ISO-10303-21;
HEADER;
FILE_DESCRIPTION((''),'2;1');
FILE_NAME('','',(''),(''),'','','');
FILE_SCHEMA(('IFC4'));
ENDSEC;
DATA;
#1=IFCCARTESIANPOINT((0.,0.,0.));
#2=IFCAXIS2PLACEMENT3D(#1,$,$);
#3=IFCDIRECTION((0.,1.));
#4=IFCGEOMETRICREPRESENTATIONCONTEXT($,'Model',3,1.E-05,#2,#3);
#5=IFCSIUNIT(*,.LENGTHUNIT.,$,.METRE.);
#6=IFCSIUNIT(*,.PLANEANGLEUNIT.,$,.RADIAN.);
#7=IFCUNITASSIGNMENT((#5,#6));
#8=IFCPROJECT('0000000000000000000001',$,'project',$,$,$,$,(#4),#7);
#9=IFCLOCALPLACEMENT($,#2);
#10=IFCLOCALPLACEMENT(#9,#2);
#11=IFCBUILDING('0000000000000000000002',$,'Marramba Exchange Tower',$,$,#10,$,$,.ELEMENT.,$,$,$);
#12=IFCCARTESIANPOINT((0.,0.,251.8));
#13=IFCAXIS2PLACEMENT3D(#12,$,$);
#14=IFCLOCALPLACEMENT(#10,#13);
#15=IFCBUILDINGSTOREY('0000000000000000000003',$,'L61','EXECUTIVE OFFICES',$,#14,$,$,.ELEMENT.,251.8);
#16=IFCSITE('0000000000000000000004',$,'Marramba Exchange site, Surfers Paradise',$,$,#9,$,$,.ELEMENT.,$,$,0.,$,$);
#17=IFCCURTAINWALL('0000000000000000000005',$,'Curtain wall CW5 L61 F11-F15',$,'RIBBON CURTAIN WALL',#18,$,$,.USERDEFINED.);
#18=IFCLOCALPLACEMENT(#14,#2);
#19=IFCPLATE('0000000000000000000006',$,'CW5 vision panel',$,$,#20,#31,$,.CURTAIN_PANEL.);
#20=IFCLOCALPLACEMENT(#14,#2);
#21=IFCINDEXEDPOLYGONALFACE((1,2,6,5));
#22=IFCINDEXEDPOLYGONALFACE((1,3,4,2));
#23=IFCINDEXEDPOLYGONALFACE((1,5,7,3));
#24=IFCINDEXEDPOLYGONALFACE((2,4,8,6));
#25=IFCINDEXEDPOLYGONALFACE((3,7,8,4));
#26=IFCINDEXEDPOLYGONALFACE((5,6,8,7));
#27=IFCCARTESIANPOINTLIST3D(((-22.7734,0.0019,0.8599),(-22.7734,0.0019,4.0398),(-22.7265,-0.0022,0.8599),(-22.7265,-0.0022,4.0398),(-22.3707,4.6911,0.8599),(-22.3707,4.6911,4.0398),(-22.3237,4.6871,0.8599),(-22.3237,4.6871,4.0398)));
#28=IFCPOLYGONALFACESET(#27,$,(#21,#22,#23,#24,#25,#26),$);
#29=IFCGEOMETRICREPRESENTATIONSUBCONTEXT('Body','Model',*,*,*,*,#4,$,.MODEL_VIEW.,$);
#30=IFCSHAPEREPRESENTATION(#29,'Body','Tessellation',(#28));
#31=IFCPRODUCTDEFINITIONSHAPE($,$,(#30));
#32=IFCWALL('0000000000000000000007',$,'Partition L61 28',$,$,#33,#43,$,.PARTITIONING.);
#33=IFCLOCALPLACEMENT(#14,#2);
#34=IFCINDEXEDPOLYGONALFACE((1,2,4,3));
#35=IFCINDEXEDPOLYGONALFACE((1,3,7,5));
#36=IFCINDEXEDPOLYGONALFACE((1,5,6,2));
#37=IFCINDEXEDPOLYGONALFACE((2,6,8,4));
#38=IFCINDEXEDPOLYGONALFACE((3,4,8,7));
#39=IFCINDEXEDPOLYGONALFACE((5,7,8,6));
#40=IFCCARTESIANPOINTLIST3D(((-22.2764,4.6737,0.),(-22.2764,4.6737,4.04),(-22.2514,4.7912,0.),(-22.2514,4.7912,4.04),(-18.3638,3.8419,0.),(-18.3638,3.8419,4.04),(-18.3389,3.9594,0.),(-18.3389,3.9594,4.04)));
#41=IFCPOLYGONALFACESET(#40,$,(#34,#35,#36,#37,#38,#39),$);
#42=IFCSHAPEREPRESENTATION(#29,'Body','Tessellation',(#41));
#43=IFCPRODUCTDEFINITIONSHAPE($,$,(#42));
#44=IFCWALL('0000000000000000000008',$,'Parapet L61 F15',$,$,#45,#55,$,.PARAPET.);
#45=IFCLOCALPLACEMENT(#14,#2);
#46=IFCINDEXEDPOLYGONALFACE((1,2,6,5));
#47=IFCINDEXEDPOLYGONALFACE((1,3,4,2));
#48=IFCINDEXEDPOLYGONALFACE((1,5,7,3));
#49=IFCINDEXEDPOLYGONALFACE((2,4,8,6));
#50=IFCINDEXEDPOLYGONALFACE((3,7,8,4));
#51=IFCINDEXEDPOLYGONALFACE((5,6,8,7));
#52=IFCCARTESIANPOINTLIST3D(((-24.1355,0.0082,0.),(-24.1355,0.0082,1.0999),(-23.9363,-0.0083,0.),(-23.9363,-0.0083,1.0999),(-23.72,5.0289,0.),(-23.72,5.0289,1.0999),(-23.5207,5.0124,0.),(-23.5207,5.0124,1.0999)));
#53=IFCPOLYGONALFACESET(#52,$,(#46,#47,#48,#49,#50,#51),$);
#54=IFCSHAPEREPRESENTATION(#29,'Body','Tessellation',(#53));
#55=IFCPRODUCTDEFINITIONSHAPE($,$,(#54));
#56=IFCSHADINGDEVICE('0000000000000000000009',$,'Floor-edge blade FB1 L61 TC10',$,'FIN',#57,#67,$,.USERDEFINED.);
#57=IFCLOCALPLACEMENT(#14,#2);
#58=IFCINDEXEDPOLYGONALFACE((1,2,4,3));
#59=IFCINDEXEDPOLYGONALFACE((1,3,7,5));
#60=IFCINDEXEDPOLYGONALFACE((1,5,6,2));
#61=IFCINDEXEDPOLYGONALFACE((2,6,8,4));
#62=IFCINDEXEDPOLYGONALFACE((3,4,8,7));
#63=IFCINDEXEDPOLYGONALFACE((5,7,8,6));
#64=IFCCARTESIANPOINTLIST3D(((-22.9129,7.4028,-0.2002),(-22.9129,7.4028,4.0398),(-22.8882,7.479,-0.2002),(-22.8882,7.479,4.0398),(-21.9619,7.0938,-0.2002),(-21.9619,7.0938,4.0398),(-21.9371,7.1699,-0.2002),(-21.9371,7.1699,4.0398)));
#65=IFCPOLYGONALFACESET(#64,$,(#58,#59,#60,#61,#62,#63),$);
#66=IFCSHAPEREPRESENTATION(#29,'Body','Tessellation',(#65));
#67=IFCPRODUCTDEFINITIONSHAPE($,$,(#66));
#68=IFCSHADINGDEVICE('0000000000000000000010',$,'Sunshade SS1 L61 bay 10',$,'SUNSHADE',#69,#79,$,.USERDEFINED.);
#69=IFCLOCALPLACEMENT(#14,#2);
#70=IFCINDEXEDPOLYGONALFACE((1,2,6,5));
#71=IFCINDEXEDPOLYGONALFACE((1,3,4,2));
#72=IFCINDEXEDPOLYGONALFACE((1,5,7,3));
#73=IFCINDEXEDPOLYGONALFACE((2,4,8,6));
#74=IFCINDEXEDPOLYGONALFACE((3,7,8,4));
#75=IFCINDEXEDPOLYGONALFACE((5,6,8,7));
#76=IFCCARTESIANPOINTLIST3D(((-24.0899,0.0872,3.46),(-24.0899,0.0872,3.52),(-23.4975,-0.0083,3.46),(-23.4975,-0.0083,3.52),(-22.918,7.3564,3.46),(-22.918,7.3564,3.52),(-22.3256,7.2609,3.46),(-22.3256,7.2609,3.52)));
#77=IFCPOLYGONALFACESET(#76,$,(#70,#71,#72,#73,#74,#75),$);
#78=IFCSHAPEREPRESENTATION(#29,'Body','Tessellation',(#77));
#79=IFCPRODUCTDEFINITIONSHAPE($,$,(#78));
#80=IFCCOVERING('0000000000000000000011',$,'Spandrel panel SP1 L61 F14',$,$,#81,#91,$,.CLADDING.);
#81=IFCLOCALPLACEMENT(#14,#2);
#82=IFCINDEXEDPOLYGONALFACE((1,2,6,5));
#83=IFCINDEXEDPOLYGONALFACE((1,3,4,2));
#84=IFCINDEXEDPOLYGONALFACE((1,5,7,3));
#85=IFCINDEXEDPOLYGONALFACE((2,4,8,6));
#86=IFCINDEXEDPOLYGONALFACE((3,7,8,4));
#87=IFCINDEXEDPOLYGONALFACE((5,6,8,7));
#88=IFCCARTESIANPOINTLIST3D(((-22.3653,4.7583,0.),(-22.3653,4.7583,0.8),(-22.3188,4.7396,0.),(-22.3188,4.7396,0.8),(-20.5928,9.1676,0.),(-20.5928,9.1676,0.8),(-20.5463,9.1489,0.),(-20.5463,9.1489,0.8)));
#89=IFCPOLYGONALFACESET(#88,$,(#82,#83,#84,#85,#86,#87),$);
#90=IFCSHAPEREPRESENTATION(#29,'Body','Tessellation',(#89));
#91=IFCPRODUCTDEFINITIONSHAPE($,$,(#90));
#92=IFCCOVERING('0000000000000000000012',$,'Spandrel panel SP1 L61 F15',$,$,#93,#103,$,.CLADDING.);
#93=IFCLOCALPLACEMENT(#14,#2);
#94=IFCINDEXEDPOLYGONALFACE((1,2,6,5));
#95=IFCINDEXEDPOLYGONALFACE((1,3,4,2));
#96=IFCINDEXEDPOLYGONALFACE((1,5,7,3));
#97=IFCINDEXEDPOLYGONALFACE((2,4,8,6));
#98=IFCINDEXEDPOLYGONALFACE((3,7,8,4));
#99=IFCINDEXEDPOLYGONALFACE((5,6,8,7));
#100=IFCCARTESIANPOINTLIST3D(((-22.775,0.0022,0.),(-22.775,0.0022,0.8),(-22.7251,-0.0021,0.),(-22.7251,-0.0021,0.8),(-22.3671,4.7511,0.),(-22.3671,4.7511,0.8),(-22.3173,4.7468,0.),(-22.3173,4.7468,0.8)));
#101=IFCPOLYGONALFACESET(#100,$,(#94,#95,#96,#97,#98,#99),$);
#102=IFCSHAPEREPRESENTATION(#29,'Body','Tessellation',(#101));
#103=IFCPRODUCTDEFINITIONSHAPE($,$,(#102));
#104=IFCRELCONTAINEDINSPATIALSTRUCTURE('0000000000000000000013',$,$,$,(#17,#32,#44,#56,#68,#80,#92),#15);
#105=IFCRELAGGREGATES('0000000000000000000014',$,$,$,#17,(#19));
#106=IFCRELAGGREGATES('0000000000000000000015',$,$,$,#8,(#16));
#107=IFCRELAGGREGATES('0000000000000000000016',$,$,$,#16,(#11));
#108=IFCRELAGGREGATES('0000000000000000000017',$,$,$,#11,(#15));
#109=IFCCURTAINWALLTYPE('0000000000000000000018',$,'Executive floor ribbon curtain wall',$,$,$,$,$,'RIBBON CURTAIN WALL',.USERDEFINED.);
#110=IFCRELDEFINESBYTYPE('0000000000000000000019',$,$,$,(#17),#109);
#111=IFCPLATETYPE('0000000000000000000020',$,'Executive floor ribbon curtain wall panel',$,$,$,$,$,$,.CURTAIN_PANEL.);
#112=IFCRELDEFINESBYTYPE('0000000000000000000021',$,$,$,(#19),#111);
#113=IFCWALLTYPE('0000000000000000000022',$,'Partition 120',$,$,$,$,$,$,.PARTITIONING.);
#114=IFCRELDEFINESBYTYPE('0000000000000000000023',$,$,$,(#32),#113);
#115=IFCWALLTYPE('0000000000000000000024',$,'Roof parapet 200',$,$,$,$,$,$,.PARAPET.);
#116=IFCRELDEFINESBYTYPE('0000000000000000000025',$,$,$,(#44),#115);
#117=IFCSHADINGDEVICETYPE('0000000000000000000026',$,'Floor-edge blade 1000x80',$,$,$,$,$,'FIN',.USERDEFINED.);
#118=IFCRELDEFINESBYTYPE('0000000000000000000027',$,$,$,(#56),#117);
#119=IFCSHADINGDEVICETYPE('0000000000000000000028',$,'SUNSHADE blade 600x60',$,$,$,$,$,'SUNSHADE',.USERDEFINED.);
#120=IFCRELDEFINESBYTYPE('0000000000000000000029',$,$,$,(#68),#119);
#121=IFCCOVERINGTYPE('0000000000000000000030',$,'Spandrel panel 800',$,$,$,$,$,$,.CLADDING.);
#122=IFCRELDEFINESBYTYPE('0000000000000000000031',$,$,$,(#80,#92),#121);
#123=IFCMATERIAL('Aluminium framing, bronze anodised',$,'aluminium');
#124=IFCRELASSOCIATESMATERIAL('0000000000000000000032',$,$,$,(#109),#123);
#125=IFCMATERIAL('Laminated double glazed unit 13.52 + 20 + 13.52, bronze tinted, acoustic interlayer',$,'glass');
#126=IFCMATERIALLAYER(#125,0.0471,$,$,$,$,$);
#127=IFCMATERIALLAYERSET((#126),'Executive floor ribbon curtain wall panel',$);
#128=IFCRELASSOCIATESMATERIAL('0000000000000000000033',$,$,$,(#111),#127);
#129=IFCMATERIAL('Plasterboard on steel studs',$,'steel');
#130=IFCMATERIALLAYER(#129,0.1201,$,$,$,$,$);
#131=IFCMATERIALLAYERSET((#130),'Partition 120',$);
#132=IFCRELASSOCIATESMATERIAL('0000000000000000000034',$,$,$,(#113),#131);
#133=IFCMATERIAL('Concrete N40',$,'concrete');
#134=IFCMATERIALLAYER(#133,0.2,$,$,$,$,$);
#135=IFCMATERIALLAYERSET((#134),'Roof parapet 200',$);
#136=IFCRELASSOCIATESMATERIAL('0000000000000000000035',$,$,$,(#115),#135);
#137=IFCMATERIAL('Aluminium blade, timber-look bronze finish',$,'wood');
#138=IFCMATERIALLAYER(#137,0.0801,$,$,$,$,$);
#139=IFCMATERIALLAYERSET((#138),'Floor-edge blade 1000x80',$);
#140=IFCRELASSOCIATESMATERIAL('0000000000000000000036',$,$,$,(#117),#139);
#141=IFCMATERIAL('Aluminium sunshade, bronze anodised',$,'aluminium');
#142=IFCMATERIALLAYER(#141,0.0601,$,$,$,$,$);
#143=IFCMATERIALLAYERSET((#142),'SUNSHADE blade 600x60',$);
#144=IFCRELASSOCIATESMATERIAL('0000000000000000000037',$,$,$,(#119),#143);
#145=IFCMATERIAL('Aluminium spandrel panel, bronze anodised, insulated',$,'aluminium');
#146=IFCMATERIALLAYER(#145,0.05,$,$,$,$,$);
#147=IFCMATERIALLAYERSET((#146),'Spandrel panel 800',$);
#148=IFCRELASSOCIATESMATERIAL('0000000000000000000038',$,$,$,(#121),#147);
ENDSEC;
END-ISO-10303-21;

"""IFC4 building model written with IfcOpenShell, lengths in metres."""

from ifc_helpers import new_model, si_unit, direction, frame, frame_2d, origin, origin_2d, place, context, subcontext, project, spatial, rectangle, extrude, material, layer, layer_set, type_object, element, aggregate, save


model = new_model("IFC4")

# Units and contexts
model_context = context("Model", 3, precision=1e-05, world=origin(), true_north=direction((0.0, 1.0)))
body_context = subcontext(model_context, "Body", "Model", "MODEL_VIEW")
ifc_project = project(units=[si_unit("LENGTHUNIT", "METRE"), si_unit("PLANEANGLEUNIT", "RADIAN")], contexts=[model_context])

# Site, building, storey
site_placement = place(None, origin())
site = spatial("IfcSite", under=ifc_project, at=site_placement, Name="Marramba Exchange site, Surfers Paradise", CompositionType="ELEMENT", RefElevation=0.0)
building_placement = place(site_placement, origin())
building = spatial("IfcBuilding", under=site, at=building_placement, Name="Marramba Exchange Tower", CompositionType="ELEMENT")
storey_placement = place(building_placement, frame((0.0, 0.0, 251.8)))
storey = spatial("IfcBuildingStorey", under=building, at=storey_placement, Name="L61", Description="EXECUTIVE OFFICES", CompositionType="ELEMENT", Elevation=251.8)

# Curtain wall
ifc_material_1 = material(Name="Aluminium framing, bronze anodised", Category="aluminium")
curtain_wall_type = type_object("IfcCurtainWallType", Name="Executive floor ribbon curtain wall", ElementType="RIBBON CURTAIN WALL", PredefinedType="USERDEFINED", material=ifc_material_1)
curtain_wall_placement = place(storey_placement, origin())
curtain_wall = element("IfcCurtainWall", 1, at=curtain_wall_placement, inside=storey, type_object=curtain_wall_type, Name="Curtain wall CW5 L61 F11-F15", ObjectType="RIBBON CURTAIN WALL", PredefinedType="USERDEFINED")

# Plate
ifc_material_2 = material(Name="Laminated double glazed unit 13.52 + 20 + 13.52, bronze tinted, acoustic interlayer", Category="glass")
ifc_layer_1 = layer(ifc_material_2, 0.0471)
ifc_layer_set_1 = layer_set([ifc_layer_1], Name="Executive floor ribbon curtain wall panel")
plate_type = type_object("IfcPlateType", Name="Executive floor ribbon curtain wall panel", PredefinedType="CURTAIN_PANEL", material=ifc_layer_set_1)
plate_1_placement = place(storey_placement, frame((-22.5486, 2.3445, 0.8599), z_axis=(0.0, 0.0, 1.0), x_axis=(-0.085574, -0.996332, 0.0)))
plate_1 = element("IfcPlate", 2, at=plate_1_placement, type_object=plate_type, Name="CW5 vision panel", PredefinedType="CURTAIN_PANEL", context=body_context, shape_type="SweptSolid", body=[
    extrude(rectangle(XDim=4.7065, YDim=0.0471, at=origin_2d()), origin(), (0.0, 0.0, 1.0), 3.1799),
])
aggregate(curtain_wall, [plate_1])

# Walls
ifc_material_3 = material(Name="Plasterboard on steel studs", Category="steel")
ifc_layer_2 = layer(ifc_material_3, 0.1201)
ifc_layer_set_2 = layer_set([ifc_layer_2], Name="Partition 120")
wall_type_1 = type_object("IfcWallType", Name="Partition 120", PredefinedType="PARTITIONING", material=ifc_layer_set_2)
wall_1_placement = place(storey_placement, frame((-22.2639, 4.7324, 0.0), z_axis=(0.0, 0.0, 1.0), x_axis=(0.978141, -0.207945, 0.0)))
element("IfcWall", 3, at=wall_1_placement, inside=storey, type_object=wall_type_1, Name="Partition L61 28", PredefinedType="PARTITIONING", context=body_context, shape_type="SweptSolid", body=[
    extrude(rectangle(XDim=4.0, YDim=0.1201, at=frame_2d((2.0, 0.0))), origin(), (0.0, 0.0, 1.0), 4.04),
])
ifc_material_4 = material(Name="Concrete N40", Category="concrete")
ifc_layer_3 = layer(ifc_material_4, 0.2)
ifc_layer_set_3 = layer_set([ifc_layer_3], Name="Roof parapet 200")
wall_type_2 = type_object("IfcWallType", Name="Roof parapet 200", PredefinedType="PARAPET", material=ifc_layer_set_3)
wall_2_placement = place(storey_placement, frame((-23.6204, 5.0208, 0.0), z_axis=(0.0, 0.0, 1.0), x_axis=(-0.08248, -0.996593, 0.0)))
element("IfcWall", 4, at=wall_2_placement, inside=storey, type_object=wall_type_2, Name="Parapet L61 F15", PredefinedType="PARAPET", context=body_context, shape_type="SweptSolid", body=[
    extrude(rectangle(XDim=5.0378, YDim=0.2, at=frame_2d((2.519, 0.0))), origin(), (0.0, 0.0, 1.0), 1.0999),
])

# Shading devices
ifc_material_5 = material(Name="Aluminium blade, timber-look bronze finish", Category="wood")
ifc_layer_4 = layer(ifc_material_5, 0.0801)
ifc_layer_set_4 = layer_set([ifc_layer_4], Name="Floor-edge blade 1000x80")
shading_device_type_1 = type_object("IfcShadingDeviceType", Name="Floor-edge blade 1000x80", ElementType="FIN", PredefinedType="USERDEFINED", material=ifc_layer_set_4)
shading_device_1_placement = place(storey_placement, frame((-22.425, 7.2864, -0.2002), z_axis=(0.0, 0.0, 1.0), x_axis=(-0.951057, 0.309017, 0.0)))
element("IfcShadingDevice", 5, at=shading_device_1_placement, inside=storey, type_object=shading_device_type_1, Name="Floor-edge blade FB1 L61 TC10", ObjectType="FIN", PredefinedType="USERDEFINED", context=body_context, shape_type="SweptSolid", body=[
    extrude(rectangle(XDim=1.0, YDim=0.0801, at=origin_2d()), origin(), (0.0, 0.0, 1.0), 4.24),
])
ifc_material_6 = material(Name="Aluminium sunshade, bronze anodised", Category="aluminium")
ifc_layer_5 = layer(ifc_material_6, 0.0601)
ifc_layer_set_5 = layer_set([ifc_layer_5], Name="SUNSHADE blade 600x60")
shading_device_type_2 = type_object("IfcShadingDeviceType", Name="SUNSHADE blade 600x60", ElementType="SUNSHADE", PredefinedType="USERDEFINED", material=ifc_layer_set_5)
shading_device_2_placement = place(storey_placement, frame((-23.2078, 3.6741, 3.46), z_axis=(0.0, 0.0, 1.0), x_axis=(-0.159158, -0.987253, 0.0)))
element("IfcShadingDevice", 6, at=shading_device_2_placement, inside=storey, type_object=shading_device_type_2, Name="Sunshade SS1 L61 bay 10", ObjectType="SUNSHADE", PredefinedType="USERDEFINED", context=body_context, shape_type="SweptSolid", body=[
    extrude(rectangle(XDim=7.363, YDim=0.6001, at=origin_2d()), origin(), (0.0, 0.0, 1.0), 0.0601),
])

# Coverings
ifc_material_7 = material(Name="Aluminium spandrel panel, bronze anodised, insulated", Category="aluminium")
ifc_layer_6 = layer(ifc_material_7, 0.05)
ifc_layer_set_6 = layer_set([ifc_layer_6], Name="Spandrel panel 800")
covering_type = type_object("IfcCoveringType", Name="Spandrel panel 800", PredefinedType="CLADDING", material=ifc_layer_set_6)
covering_1_placement = place(storey_placement, frame((-21.4558, 6.9536, 0.0), z_axis=(0.0, 0.0, 1.0), x_axis=(-0.372983, -0.927838, 0.0)))
element("IfcCovering", 7, at=covering_1_placement, inside=storey, type_object=covering_type, Name="Spandrel panel SP1 L61 F14", PredefinedType="CLADDING", context=body_context, shape_type="SweptSolid", body=[
    extrude(rectangle(XDim=4.7522, YDim=0.05, at=origin_2d()), origin(), (0.0, 0.0, 1.0), 0.8),
])
covering_2_placement = place(storey_placement, frame((-22.5461, 2.3745, 0.0), z_axis=(0.0, 0.0, 1.0), x_axis=(-0.085574, -0.996332, 0.0)))
element("IfcCovering", 8, at=covering_2_placement, inside=storey, type_object=covering_type, Name="Spandrel panel SP1 L61 F15", PredefinedType="CLADDING", context=body_context, shape_type="SweptSolid", body=[
    extrude(rectangle(XDim=4.7664, YDim=0.05, at=origin_2d()), origin(), (0.0, 0.0, 1.0), 0.8),
])

save(model, "model.ifc")
